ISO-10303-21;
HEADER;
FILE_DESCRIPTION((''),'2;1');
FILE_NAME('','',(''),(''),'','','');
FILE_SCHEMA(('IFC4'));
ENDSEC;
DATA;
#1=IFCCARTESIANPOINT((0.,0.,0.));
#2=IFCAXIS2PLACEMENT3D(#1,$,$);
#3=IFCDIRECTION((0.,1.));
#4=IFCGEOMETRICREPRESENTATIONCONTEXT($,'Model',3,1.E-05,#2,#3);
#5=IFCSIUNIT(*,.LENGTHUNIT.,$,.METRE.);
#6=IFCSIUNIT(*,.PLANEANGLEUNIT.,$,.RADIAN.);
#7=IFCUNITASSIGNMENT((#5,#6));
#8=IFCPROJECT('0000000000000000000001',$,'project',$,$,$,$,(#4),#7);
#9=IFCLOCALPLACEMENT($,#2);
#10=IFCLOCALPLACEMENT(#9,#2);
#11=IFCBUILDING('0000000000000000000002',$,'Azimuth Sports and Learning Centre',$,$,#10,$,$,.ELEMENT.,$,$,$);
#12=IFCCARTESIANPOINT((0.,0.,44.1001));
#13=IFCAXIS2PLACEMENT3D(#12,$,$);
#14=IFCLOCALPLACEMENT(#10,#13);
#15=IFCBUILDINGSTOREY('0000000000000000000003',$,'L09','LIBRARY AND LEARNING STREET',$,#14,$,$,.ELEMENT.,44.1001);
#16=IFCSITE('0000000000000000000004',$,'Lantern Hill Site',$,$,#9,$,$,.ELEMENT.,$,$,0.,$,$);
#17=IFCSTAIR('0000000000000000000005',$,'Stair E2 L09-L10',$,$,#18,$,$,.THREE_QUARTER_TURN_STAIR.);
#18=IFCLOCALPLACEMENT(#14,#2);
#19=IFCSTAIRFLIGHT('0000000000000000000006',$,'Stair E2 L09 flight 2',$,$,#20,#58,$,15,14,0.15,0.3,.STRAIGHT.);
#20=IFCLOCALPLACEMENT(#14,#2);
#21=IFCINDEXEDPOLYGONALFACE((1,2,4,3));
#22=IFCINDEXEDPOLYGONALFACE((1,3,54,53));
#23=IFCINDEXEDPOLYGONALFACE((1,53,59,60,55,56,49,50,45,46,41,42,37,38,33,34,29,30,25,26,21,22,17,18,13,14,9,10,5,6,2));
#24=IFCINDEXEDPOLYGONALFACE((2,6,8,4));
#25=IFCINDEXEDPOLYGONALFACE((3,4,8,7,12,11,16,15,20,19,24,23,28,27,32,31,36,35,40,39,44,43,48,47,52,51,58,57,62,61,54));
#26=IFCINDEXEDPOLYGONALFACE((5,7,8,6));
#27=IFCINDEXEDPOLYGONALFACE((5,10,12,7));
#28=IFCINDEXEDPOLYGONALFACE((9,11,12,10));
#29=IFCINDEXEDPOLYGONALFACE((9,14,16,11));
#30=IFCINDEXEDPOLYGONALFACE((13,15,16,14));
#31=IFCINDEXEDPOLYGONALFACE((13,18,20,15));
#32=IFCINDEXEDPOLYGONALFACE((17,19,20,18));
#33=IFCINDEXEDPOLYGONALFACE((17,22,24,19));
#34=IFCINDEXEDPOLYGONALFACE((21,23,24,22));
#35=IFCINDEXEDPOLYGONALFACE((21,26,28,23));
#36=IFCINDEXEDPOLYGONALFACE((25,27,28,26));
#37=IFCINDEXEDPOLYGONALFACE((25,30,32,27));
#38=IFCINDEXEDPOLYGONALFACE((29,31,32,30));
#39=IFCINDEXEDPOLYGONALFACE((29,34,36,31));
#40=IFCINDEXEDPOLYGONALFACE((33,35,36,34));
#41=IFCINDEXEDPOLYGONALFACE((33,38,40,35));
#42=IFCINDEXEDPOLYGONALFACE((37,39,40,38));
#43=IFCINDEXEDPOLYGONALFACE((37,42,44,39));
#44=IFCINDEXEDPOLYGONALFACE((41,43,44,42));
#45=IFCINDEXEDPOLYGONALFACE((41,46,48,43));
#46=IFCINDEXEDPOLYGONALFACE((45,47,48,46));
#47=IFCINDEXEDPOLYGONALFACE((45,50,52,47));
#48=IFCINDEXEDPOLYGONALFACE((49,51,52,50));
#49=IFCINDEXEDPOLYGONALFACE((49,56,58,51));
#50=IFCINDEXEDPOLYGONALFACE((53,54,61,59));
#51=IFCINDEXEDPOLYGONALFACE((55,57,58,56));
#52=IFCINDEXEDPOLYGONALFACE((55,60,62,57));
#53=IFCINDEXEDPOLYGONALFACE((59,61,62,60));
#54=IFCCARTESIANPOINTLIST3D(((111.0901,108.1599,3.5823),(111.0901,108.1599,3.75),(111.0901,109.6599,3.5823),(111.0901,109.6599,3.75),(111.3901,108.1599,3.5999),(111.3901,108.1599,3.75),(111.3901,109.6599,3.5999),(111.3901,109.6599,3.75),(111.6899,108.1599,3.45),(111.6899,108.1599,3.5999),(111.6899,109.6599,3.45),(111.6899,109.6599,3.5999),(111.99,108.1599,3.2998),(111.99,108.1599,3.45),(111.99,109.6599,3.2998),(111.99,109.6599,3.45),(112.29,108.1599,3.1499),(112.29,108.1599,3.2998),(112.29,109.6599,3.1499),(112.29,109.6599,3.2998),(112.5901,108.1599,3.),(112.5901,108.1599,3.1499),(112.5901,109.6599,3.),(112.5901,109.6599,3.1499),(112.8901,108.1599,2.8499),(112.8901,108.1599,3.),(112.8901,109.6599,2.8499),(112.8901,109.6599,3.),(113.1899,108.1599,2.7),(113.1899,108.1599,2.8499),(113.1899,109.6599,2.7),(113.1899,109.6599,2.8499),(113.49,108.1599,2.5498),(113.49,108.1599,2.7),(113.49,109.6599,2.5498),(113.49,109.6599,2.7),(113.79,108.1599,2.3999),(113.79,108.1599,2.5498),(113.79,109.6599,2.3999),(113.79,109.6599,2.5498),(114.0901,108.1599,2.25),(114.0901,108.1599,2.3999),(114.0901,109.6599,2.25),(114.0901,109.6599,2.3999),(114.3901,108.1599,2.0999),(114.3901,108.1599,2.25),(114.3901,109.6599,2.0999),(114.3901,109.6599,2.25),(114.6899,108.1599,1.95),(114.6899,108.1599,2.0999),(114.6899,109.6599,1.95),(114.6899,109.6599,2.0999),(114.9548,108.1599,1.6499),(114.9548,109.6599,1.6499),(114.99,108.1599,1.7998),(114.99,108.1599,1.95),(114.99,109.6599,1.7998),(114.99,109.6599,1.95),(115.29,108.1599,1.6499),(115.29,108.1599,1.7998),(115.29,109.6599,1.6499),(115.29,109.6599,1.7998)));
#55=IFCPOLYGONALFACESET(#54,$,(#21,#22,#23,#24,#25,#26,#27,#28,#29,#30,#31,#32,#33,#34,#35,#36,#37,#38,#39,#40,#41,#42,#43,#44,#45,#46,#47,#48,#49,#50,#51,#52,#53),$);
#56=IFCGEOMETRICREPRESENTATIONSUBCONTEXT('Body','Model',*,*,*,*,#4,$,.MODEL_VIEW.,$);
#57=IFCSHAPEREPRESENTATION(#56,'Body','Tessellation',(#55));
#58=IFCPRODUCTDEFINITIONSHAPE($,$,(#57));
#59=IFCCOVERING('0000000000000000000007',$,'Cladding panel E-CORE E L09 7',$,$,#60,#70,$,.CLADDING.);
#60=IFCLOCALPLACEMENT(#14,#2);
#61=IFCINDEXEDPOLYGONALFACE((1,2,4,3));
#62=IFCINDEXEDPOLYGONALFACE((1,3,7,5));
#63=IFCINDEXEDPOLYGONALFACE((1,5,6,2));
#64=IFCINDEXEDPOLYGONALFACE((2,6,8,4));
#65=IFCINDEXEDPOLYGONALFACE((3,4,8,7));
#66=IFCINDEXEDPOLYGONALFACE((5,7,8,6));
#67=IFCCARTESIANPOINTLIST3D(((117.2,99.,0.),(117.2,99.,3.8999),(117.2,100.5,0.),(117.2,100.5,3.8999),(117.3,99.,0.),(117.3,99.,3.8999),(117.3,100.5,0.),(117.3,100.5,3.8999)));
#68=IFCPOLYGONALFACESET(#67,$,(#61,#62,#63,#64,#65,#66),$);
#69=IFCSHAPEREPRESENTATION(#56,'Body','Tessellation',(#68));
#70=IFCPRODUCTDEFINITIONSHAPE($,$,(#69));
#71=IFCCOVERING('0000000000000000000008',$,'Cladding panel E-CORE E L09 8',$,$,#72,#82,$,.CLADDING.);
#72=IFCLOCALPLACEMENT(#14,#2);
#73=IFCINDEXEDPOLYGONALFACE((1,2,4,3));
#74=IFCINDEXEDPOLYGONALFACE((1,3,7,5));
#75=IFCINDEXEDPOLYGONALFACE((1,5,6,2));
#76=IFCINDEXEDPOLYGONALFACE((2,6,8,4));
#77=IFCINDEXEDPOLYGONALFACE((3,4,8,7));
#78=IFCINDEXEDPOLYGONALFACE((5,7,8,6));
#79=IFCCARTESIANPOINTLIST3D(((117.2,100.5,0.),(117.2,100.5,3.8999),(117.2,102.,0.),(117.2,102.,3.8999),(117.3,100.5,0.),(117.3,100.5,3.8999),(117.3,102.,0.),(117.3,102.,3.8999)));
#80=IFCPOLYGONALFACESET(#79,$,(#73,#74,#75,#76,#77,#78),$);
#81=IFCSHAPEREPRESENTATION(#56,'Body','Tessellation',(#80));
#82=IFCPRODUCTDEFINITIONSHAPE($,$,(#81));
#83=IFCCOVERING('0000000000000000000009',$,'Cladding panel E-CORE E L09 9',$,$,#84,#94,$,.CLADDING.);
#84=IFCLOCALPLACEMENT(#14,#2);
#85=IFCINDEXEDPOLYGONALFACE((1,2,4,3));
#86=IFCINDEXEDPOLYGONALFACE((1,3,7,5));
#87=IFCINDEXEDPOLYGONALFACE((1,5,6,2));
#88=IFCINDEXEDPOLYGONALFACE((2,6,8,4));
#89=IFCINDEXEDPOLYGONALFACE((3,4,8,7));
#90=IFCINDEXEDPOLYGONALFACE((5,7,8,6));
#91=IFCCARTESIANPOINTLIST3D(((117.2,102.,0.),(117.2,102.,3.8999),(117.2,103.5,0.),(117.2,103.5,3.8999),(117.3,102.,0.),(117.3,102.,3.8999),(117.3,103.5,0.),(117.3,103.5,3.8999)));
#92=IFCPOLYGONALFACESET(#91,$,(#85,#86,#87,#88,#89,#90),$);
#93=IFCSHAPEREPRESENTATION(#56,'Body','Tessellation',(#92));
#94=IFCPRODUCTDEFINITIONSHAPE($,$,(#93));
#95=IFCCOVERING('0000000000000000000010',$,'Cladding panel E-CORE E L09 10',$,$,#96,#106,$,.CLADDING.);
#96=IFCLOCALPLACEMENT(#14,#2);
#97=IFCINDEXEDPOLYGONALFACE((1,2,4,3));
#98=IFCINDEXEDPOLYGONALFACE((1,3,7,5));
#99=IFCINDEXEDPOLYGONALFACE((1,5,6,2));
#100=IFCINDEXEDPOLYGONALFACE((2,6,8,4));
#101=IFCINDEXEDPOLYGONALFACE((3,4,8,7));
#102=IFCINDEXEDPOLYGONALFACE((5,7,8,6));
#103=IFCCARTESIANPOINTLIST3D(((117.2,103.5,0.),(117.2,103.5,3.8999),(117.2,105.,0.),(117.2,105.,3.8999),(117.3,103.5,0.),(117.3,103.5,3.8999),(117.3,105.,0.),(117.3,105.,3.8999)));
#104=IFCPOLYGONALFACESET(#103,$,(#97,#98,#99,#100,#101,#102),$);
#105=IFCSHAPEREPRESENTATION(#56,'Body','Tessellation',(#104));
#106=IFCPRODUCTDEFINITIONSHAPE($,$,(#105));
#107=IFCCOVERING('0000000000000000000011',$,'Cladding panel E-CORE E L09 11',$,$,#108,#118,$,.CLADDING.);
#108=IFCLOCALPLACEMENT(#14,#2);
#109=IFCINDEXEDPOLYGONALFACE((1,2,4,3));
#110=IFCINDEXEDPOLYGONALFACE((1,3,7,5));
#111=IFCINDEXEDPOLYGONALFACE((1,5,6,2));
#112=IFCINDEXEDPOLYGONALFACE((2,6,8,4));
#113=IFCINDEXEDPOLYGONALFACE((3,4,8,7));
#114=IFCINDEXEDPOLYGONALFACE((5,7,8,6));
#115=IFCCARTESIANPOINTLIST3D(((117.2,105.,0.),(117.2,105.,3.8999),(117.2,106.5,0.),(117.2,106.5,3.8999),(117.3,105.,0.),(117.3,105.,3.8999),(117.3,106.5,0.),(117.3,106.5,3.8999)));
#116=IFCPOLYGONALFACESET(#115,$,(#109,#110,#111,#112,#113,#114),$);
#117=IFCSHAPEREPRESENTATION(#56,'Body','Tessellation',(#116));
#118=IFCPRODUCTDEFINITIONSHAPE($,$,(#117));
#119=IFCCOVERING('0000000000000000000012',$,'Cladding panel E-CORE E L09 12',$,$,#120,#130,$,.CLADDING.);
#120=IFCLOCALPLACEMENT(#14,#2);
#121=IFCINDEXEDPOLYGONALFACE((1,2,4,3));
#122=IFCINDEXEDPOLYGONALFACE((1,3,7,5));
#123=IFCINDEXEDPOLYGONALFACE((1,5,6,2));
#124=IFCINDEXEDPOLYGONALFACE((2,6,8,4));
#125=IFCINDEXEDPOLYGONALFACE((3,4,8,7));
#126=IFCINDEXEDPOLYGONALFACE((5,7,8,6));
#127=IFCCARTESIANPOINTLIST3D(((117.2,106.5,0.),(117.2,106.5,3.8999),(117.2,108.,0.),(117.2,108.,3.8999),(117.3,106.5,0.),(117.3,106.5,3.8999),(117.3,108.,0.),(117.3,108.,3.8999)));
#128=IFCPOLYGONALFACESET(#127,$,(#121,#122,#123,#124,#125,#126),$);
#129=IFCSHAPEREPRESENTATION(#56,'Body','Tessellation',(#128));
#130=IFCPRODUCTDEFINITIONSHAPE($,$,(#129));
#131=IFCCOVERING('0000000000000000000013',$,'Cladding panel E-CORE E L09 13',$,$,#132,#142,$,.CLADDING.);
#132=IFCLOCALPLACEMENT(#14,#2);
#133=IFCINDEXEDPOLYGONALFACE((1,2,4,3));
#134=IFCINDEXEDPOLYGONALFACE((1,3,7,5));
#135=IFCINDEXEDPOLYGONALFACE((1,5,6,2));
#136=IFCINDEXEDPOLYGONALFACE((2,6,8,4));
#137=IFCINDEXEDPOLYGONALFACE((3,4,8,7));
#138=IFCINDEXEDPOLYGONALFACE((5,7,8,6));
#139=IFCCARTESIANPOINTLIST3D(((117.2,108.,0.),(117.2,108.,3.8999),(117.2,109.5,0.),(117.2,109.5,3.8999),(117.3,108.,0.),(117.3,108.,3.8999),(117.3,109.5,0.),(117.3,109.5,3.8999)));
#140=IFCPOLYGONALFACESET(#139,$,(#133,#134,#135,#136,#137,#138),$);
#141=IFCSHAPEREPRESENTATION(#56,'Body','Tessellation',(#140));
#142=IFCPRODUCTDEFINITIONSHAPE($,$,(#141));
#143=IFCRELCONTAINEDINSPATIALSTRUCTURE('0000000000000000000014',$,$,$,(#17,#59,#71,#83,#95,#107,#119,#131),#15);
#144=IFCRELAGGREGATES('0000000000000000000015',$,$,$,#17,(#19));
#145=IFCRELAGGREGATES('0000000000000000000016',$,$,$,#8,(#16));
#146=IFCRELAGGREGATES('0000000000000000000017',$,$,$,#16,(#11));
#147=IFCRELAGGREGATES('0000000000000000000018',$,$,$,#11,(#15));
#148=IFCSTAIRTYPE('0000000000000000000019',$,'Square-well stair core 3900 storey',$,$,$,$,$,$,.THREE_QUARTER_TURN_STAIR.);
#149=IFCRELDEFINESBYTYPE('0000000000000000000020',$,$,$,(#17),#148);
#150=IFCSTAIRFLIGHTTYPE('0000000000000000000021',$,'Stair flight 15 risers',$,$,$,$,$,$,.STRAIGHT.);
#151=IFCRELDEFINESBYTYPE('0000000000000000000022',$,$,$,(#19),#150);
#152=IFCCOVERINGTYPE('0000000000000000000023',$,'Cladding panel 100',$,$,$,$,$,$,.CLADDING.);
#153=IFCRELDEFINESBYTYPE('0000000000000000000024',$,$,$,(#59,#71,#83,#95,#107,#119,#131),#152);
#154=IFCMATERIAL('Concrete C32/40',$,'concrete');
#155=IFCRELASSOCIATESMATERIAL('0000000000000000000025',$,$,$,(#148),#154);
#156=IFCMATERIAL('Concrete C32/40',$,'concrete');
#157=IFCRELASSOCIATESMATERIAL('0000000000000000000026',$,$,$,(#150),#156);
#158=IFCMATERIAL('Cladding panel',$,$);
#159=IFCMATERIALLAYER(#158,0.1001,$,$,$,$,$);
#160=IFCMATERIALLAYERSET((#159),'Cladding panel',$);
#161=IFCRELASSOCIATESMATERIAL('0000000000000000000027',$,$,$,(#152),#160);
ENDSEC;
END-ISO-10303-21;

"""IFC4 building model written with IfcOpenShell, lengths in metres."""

from ifc_helpers import new_model, si_unit, direction, frame, origin, origin_2d, place, context, subcontext, project, spatial, polyline, rectangle, outline, extrude, material, layer, layer_set, type_object, element, aggregate, save


model = new_model("IFC4")

# Units and contexts
model_context = context("Model", 3, precision=1e-05, world=origin(), true_north=direction((0.0, 1.0)))
body_context = subcontext(model_context, "Body", "Model", "MODEL_VIEW")
ifc_project = project(units=[si_unit("LENGTHUNIT", "METRE"), si_unit("PLANEANGLEUNIT", "RADIAN")], contexts=[model_context])

# Site, building, storey
site_placement = place(None, origin())
site = spatial("IfcSite", under=ifc_project, at=site_placement, Name="Lantern Hill Site", CompositionType="ELEMENT", RefElevation=0.0)
building_placement = place(site_placement, origin())
building = spatial("IfcBuilding", under=site, at=building_placement, Name="Azimuth Sports and Learning Centre", CompositionType="ELEMENT")
storey_placement = place(building_placement, frame((0.0, 0.0, 44.1001)))
storey = spatial("IfcBuildingStorey", under=building, at=storey_placement, Name="L09", Description="LIBRARY AND LEARNING STREET", CompositionType="ELEMENT", Elevation=44.1001)

# Stair, stair flight
ifc_material_1 = material(Name="Concrete C32/40", Category="concrete")
stair_type = type_object("IfcStairType", Name="Square-well stair core 3900 storey", PredefinedType="THREE_QUARTER_TURN_STAIR", material=ifc_material_1)
stair_placement = place(storey_placement, origin())
stair = element("IfcStair", 1, at=stair_placement, inside=storey, type_object=stair_type, Name="Stair E2 L09-L10", PredefinedType="THREE_QUARTER_TURN_STAIR")
ifc_material_2 = material(Name="Concrete C32/40", Category="concrete")
stair_flight_type = type_object("IfcStairFlightType", Name="Stair flight 15 risers", PredefinedType="STRAIGHT", material=ifc_material_2)
stair_flight_placement = place(storey_placement, frame((115.29, 108.9099, 1.6499), z_axis=(0.0, 0.0, 1.0), x_axis=(-1.0, 0.0, 0.0)))
stair_flight = element("IfcStairFlight", 2, at=stair_flight_placement, type_object=stair_flight_type, Name="Stair E2 L09 flight 2", NumberOfRisers=15, NumberOfTreads=14, PredefinedType="STRAIGHT", RiserHeight=0.15, TreadLength=0.3, context=body_context, shape_type="SweptSolid", body=[
    extrude(outline(polyline([(0.0, 0.0), (0.0, 0.1499), (0.3, 0.1499), (0.3, 0.3), (0.6001, 0.3), (0.6001, 0.45), (0.8999, 0.45), (0.8999, 0.6001), (1.2, 0.6001), (1.2, 0.75), (1.5, 0.75), (1.5, 0.8999), (1.8, 0.8999), (1.8, 1.05), (2.1001, 1.05), (2.1001, 1.2), (2.3999, 1.2), (2.3999, 1.3501), (2.7, 1.3501), (2.7, 1.5), (3.0, 1.5), (3.0, 1.6499), (3.3, 1.6499), (3.3, 1.8), (3.6001, 1.8), (3.6001, 1.95), (3.8999, 1.95), (3.8999, 2.1001), (4.2, 2.1001), (4.2, 2.25), (4.2, 1.9324), (0.3352, 0.0), (0.0, 0.0)])), frame((0.0, 0.75, 0.0), z_axis=(0.0, -1.0, 0.0), x_axis=(1.0, 0.0, 0.0)), (0.0, 0.0, 1.0), 1.5),
])
aggregate(stair, [stair_flight])

# Coverings
ifc_material_3 = material(Name="Cladding panel")
ifc_layer_1 = layer(ifc_material_3, 0.1001)
ifc_layer_set_1 = layer_set([ifc_layer_1], Name="Cladding panel")
covering_type = type_object("IfcCoveringType", Name="Cladding panel 100", PredefinedType="CLADDING", material=ifc_layer_set_1)
for number, where, z_axis, x_axis, name in (
    (3, (117.25, 99.75, 0.0), (0.0, 0.0, 1.0), (0.0, 1.0, 0.0), "Cladding panel E-CORE E L09 7"),
    (4, (117.25, 101.25, 0.0), (0.0, 0.0, 1.0), (0.0, 1.0, 0.0), "Cladding panel E-CORE E L09 8"),
    (5, (117.25, 102.75, 0.0), (0.0, 0.0, 1.0), (0.0, 1.0, 0.0), "Cladding panel E-CORE E L09 9"),
    (6, (117.25, 104.25, 0.0), (0.0, 0.0, 1.0), (0.0, 1.0, 0.0), "Cladding panel E-CORE E L09 10"),
    (7, (117.25, 105.75, 0.0), (0.0, 0.0, 1.0), (0.0, 1.0, 0.0), "Cladding panel E-CORE E L09 11"),
    (8, (117.25, 107.25, 0.0), (0.0, 0.0, 1.0), (0.0, 1.0, 0.0), "Cladding panel E-CORE E L09 12"),
    (9, (117.25, 108.75, 0.0), (0.0, 0.0, 1.0), (0.0, 1.0, 0.0), "Cladding panel E-CORE E L09 13"),
):
    element("IfcCovering", number, at=place(storey_placement, frame(where, z_axis=z_axis, x_axis=x_axis)), inside=storey, type_object=covering_type, Name=name, PredefinedType="CLADDING", context=body_context, shape_type="SweptSolid", body=[
        extrude(rectangle(XDim=1.5, YDim=0.1001, at=origin_2d()), origin(), (0.0, 0.0, 1.0), 3.8999),
    ])

save(model, "model.ifc")
